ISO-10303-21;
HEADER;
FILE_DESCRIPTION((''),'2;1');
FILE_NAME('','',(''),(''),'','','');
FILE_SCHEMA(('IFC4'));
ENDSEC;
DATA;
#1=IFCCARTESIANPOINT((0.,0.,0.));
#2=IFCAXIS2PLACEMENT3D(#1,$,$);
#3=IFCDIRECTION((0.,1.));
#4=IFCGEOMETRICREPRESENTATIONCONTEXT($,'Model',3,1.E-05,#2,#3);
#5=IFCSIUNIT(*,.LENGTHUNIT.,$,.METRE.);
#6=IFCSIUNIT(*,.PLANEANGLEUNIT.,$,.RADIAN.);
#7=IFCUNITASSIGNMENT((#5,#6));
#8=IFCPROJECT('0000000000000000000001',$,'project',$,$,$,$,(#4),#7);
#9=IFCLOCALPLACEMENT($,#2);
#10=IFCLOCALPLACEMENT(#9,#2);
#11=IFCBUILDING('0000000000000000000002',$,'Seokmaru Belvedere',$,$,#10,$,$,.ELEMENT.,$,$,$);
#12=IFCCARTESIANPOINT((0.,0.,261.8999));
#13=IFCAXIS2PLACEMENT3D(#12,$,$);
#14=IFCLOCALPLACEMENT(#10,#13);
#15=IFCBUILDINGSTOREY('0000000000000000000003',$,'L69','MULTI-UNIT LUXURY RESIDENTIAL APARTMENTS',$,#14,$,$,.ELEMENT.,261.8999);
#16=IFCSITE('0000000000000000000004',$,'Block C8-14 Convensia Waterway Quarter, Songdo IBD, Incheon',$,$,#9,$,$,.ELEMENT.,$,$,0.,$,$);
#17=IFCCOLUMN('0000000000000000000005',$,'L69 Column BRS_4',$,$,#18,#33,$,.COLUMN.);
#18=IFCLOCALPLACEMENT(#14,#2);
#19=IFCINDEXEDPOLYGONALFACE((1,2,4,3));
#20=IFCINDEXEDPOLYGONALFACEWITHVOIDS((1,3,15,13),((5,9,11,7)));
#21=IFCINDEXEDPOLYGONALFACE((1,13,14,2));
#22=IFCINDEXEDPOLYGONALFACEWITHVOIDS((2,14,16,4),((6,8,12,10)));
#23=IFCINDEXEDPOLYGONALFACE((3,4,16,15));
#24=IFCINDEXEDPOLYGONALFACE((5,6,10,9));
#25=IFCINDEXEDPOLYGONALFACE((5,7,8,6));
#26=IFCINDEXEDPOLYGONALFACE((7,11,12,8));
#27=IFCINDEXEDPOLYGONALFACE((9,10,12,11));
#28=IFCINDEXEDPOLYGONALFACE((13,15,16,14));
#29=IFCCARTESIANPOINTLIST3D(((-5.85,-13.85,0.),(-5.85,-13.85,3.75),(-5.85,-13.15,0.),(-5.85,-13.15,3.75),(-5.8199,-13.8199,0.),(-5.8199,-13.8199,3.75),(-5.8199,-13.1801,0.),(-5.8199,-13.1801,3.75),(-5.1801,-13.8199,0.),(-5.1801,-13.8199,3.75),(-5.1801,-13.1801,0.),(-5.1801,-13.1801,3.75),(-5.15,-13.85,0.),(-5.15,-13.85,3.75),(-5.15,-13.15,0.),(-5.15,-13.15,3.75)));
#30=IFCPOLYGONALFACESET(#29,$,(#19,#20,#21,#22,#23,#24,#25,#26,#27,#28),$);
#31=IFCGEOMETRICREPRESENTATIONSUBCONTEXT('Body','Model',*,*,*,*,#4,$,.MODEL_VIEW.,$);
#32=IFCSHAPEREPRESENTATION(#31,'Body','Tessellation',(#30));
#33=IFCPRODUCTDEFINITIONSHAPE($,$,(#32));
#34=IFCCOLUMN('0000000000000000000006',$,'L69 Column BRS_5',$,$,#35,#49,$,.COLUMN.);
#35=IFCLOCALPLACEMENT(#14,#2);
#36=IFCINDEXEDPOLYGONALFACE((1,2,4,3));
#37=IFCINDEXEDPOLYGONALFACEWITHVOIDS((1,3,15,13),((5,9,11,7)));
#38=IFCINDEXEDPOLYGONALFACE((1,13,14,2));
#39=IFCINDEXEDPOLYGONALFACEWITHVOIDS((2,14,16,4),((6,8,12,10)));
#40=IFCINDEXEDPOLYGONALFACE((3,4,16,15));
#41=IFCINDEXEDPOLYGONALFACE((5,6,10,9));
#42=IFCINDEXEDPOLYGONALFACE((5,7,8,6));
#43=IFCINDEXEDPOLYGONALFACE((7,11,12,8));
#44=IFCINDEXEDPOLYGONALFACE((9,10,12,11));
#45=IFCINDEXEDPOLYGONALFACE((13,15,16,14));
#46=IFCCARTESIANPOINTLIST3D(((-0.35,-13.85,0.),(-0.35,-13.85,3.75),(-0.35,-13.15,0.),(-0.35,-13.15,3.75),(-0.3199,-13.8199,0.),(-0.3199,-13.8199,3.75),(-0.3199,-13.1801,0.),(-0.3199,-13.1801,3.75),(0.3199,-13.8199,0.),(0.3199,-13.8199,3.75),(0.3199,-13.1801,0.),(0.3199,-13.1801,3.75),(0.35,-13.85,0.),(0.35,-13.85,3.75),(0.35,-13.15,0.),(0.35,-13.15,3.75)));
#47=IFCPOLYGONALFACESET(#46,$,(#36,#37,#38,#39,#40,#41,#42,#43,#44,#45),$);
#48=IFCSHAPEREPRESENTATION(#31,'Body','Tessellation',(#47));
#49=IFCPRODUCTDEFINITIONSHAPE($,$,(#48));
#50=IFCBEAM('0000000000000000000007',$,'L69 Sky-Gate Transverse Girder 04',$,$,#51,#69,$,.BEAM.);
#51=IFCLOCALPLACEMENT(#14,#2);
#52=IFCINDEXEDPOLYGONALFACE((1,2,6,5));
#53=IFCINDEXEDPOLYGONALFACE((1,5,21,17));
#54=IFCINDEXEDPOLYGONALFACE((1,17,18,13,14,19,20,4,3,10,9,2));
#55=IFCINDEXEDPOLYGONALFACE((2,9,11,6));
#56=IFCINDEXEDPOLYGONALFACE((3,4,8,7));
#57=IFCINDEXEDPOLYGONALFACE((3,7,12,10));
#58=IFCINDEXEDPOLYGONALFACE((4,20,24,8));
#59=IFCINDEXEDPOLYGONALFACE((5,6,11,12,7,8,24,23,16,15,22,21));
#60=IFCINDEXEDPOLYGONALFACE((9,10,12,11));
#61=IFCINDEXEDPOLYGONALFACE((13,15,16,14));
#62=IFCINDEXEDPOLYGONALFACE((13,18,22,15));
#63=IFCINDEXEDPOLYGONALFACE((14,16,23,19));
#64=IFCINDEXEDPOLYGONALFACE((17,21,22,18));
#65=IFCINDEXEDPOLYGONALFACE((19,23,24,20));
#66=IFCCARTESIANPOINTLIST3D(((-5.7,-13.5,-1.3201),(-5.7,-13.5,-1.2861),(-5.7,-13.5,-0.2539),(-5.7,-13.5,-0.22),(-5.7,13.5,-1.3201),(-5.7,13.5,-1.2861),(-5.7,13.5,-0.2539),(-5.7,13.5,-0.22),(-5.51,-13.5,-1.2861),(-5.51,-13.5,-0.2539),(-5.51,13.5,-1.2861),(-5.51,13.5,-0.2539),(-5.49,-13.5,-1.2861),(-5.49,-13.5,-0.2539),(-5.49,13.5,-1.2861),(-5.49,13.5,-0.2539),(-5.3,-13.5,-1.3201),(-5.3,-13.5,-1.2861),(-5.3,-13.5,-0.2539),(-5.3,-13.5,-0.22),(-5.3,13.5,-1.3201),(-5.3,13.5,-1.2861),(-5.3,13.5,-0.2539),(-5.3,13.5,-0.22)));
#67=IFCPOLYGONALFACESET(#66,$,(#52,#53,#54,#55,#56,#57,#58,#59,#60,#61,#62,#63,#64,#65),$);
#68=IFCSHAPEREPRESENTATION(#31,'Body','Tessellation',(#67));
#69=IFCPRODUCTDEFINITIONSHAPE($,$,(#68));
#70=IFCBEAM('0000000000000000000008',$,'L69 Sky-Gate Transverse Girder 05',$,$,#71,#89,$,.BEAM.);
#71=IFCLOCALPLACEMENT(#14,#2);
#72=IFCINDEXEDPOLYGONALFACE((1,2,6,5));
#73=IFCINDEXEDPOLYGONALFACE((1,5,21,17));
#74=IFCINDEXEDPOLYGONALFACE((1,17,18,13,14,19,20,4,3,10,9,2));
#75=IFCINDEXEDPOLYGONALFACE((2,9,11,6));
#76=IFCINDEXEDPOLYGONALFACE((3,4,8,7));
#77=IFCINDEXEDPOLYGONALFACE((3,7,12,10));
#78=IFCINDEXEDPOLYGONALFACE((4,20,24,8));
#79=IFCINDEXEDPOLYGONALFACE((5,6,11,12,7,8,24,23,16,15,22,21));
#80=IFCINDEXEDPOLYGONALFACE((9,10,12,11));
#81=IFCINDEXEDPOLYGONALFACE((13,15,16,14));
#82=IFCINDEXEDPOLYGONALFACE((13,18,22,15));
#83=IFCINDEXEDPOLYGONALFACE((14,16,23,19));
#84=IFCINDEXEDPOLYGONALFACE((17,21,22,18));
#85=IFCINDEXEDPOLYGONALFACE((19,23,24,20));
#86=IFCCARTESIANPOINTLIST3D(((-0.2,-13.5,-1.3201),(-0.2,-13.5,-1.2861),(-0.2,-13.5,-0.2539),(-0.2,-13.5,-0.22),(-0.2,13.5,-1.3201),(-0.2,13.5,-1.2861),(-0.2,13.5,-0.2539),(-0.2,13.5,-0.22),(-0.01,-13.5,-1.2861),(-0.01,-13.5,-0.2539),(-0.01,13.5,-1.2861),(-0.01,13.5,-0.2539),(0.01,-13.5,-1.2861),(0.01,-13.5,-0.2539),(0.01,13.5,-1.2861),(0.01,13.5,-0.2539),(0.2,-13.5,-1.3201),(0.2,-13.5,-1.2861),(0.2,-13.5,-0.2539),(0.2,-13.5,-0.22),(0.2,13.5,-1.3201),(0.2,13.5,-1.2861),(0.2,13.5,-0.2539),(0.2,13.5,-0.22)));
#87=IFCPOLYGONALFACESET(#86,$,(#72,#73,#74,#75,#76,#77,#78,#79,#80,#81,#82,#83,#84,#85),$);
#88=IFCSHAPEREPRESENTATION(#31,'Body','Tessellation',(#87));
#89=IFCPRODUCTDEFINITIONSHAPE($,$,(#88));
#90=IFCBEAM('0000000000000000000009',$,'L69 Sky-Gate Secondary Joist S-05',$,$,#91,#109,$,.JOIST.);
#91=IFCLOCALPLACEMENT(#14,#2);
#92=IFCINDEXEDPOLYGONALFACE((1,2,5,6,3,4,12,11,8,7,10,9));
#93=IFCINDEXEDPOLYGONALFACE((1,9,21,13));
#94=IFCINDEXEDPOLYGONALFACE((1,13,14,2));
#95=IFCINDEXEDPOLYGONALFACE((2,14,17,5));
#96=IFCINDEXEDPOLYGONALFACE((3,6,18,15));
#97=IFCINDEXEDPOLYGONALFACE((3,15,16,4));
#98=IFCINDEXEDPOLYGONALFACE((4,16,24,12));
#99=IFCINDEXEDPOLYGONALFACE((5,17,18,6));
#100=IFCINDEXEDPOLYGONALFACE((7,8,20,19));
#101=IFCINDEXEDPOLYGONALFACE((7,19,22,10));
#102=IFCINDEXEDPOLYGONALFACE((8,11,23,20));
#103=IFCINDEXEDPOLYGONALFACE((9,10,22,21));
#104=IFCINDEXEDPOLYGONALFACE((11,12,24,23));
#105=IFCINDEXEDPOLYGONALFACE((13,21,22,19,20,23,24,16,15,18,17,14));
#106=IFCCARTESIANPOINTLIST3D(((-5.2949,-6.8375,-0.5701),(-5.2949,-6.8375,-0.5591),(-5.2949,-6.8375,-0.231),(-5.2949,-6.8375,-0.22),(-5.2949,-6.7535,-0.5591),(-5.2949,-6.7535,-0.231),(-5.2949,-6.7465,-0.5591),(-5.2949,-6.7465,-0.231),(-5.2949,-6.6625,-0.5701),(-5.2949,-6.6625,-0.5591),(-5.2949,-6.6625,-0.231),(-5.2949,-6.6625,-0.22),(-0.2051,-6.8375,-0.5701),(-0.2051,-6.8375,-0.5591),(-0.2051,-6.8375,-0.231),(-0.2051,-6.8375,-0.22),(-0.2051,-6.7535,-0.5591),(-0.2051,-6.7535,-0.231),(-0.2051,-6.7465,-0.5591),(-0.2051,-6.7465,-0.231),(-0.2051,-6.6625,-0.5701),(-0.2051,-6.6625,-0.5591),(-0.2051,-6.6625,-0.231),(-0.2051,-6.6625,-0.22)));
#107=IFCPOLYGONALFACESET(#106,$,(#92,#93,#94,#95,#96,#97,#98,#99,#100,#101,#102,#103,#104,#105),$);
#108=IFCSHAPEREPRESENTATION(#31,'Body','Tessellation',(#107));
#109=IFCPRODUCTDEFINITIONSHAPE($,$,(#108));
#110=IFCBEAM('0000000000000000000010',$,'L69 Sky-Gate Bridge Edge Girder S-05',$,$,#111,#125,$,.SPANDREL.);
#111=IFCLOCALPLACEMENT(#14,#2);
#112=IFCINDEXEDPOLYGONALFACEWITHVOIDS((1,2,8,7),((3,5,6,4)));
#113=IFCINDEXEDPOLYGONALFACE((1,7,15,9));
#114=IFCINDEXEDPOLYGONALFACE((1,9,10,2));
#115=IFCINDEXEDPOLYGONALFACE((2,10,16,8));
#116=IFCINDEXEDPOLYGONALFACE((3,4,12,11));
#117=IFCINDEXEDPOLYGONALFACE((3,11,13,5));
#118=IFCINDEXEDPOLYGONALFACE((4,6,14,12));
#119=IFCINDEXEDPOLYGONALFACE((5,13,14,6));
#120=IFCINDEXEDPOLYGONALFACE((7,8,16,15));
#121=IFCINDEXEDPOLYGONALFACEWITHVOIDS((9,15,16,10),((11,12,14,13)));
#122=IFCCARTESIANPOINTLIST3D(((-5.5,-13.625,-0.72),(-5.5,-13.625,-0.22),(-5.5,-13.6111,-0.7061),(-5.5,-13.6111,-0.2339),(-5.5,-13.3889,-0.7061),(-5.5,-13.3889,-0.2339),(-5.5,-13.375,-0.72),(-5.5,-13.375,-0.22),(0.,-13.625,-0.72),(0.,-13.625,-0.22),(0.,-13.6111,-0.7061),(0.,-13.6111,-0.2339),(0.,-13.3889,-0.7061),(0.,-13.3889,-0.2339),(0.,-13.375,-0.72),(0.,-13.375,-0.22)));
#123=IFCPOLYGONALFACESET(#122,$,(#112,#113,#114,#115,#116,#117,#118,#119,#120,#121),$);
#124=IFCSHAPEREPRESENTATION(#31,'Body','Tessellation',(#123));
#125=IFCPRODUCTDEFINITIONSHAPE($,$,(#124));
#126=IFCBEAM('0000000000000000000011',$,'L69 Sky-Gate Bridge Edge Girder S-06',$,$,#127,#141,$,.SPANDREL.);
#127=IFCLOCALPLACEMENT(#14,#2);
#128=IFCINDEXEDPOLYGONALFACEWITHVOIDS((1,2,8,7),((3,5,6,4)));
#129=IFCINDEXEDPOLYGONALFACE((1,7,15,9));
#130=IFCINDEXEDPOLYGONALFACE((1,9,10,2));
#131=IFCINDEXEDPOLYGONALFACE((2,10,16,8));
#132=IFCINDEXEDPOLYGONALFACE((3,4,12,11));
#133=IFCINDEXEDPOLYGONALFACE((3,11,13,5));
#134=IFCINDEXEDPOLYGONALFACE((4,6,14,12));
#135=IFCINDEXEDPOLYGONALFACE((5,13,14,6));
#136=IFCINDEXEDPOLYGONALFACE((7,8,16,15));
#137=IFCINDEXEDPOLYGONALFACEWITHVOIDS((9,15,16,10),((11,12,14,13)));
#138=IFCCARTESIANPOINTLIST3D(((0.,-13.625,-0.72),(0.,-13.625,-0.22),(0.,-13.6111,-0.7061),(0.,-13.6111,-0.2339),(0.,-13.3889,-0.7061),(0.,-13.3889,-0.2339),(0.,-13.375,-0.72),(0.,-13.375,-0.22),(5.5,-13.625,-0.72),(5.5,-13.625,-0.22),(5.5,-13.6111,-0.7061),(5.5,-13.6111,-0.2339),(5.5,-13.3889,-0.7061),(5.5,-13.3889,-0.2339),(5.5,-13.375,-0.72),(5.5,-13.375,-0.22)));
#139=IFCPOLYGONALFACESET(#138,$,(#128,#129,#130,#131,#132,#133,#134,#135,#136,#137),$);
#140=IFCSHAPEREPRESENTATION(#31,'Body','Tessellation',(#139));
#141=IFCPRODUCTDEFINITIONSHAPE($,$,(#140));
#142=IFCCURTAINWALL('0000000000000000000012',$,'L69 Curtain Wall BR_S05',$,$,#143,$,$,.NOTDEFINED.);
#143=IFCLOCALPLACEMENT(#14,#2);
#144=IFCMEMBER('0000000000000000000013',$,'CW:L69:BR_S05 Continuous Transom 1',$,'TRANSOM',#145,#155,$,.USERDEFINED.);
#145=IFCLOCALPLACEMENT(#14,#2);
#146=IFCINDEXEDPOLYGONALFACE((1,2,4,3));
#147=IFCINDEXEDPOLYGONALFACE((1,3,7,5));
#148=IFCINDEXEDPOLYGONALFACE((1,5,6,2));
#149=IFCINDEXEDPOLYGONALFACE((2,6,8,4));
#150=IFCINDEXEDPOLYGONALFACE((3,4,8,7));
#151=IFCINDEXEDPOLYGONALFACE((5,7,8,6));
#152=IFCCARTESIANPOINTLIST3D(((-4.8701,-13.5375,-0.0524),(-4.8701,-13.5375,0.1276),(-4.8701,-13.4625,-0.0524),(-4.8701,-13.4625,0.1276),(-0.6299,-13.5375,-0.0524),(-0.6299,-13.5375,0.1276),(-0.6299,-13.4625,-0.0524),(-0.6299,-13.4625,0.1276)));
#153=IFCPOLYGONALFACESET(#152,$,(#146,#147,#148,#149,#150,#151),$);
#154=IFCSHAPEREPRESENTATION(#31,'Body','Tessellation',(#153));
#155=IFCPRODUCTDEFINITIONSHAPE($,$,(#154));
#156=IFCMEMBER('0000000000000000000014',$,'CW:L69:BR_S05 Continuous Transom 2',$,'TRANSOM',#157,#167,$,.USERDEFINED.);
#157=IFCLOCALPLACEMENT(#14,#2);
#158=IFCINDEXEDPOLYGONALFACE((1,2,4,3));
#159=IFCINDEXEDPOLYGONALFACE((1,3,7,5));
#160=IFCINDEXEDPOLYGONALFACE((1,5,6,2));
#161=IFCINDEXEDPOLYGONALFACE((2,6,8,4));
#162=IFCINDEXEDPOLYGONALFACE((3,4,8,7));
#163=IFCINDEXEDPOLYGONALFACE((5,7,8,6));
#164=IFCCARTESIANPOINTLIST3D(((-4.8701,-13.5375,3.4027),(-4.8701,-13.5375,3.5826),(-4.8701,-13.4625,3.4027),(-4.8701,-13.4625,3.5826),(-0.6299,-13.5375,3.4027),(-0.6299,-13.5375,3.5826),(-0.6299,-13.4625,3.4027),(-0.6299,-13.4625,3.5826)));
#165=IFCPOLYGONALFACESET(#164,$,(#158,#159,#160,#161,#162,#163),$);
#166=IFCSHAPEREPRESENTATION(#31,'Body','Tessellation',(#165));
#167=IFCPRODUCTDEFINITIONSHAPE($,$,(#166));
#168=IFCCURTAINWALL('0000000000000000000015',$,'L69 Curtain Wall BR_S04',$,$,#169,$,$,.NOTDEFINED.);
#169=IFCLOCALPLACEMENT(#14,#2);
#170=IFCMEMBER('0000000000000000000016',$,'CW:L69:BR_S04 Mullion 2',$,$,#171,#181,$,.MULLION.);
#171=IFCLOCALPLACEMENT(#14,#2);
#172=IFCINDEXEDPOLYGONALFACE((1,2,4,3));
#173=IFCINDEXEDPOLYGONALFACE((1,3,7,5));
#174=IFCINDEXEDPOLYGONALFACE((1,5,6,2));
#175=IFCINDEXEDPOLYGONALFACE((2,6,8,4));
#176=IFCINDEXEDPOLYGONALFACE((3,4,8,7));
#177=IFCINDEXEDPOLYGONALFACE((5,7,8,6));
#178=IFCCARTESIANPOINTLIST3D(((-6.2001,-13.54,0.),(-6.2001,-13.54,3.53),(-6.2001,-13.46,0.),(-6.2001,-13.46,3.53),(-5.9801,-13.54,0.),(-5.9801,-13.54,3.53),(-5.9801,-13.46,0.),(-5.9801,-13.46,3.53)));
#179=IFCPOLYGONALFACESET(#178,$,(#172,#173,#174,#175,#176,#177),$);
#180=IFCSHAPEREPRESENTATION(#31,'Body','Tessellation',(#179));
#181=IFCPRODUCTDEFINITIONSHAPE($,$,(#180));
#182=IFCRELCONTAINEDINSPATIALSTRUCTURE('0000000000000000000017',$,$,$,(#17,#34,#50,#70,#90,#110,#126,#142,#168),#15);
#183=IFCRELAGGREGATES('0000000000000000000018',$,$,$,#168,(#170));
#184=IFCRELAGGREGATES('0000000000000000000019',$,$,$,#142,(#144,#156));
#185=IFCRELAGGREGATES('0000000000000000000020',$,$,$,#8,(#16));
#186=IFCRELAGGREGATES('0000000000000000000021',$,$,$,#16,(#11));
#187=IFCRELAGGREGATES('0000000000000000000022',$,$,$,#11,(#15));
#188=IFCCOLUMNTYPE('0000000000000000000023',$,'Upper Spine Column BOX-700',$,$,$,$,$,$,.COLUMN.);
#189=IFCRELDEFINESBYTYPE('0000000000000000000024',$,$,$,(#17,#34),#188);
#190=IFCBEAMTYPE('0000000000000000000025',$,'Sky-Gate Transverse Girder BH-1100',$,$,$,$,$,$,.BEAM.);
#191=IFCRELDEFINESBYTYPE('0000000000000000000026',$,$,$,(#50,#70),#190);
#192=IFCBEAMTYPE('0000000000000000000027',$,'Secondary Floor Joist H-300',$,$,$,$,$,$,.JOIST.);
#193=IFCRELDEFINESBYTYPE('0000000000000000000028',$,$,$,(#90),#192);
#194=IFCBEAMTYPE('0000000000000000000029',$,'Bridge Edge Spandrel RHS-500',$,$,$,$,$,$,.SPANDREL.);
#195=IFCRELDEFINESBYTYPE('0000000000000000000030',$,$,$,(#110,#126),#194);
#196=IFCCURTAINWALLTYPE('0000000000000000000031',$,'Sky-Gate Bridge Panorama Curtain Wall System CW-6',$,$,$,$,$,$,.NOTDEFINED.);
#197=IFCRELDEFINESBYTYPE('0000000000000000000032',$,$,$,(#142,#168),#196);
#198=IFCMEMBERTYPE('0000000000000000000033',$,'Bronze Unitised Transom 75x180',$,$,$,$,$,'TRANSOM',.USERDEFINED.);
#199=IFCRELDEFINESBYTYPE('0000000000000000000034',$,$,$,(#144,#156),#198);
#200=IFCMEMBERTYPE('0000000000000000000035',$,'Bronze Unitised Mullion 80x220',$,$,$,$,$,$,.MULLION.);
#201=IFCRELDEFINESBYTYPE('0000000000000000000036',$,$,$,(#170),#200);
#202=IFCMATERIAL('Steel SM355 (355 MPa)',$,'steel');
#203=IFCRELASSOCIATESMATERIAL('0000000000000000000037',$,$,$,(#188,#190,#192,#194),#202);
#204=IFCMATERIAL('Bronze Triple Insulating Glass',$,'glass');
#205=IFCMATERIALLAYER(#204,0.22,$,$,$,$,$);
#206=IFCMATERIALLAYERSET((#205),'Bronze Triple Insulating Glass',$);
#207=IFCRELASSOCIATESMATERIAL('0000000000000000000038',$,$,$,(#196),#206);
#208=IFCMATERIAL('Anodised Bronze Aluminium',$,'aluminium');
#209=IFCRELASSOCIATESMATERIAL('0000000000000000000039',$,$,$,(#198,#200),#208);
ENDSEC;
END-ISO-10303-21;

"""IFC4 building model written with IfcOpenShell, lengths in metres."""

from ifc_helpers import new_model, si_unit, direction, frame, origin, origin_2d, place, context, subcontext, project, spatial, rectangle, hollow_rectangle, i_section, extrude, source, transform, mapped, material, layer, layer_set, material_profile, profile_set, type_object, type_shapes, element, aggregate, save


model = new_model("IFC4")

# Units and contexts
model_context = context("Model", 3, precision=1e-05, world=origin(), true_north=direction((0.0, 1.0)))
body_context = subcontext(model_context, "Body", "Model", "MODEL_VIEW")
ifc_project = project(units=[si_unit("LENGTHUNIT", "METRE"), si_unit("PLANEANGLEUNIT", "RADIAN")], contexts=[model_context])

# Site, building, storey
site_placement = place(None, origin())
site = spatial("IfcSite", under=ifc_project, at=site_placement, Name="Block C8-14 Convensia Waterway Quarter, Songdo IBD, Incheon", CompositionType="ELEMENT", RefElevation=0.0)
building_placement = place(site_placement, origin())
building = spatial("IfcBuilding", under=site, at=building_placement, Name="Seokmaru Belvedere", CompositionType="ELEMENT")
storey_placement = place(building_placement, frame((0.0, 0.0, 261.8999)))
storey = spatial("IfcBuildingStorey", under=building, at=storey_placement, Name="L69", Description="MULTI-UNIT LUXURY RESIDENTIAL APARTMENTS", CompositionType="ELEMENT", Elevation=261.8999)

# Columns
ifc_material_1 = material(Name="Steel SM355 (355 MPa)", Category="steel")
ifc_material_profile_1 = material_profile(ifc_material_1, hollow_rectangle(XDim=0.7, YDim=0.7, WallThickness=0.03, at=origin_2d()), Name="BOX-700x700x30")
ifc_profile_set_1 = profile_set([ifc_material_profile_1], Name="Steel SM355 (355 MPa)")
column_type = type_object("IfcColumnType", Name="Upper Spine Column BOX-700", PredefinedType="COLUMN", material=ifc_profile_set_1)
shared_shape_1 = source(origin(), body_context, "Body", "SweptSolid", [
    extrude(hollow_rectangle(XDim=0.7, YDim=0.7, WallThickness=0.03, at=origin_2d()), origin(), (0.0, 0.0, 1.0), 3.75),
])
type_shapes(column_type, [shared_shape_1])
for number, where, z_axis, x_axis, name in (
    (1, (-5.5, -13.5, 0.0), (0.0, 0.0, 1.0), (1.0, 0.0, 0.0), "L69 Column BRS_4"),
    (2, (0.0, -13.5, 0.0), (0.0, 0.0, 1.0), (1.0, 0.0, 0.0), "L69 Column BRS_5"),
):
    element("IfcColumn", number, at=place(storey_placement, frame(where, z_axis=z_axis, x_axis=x_axis)), inside=storey, type_object=column_type, Name=name, PredefinedType="COLUMN", context=body_context, shape_type="MappedRepresentation", body=[
        mapped(shared_shape_1, transform((0.0, 0.0, 0.0), scale=1.0)),
    ])

# Beams
ifc_material_profile_2 = material_profile(ifc_material_1, i_section(OverallWidth=0.3999, OverallDepth=1.1001, WebThickness=0.02, FlangeThickness=0.0339, at=origin_2d()), Name="BH-1100x400x20x34")
ifc_profile_set_2 = profile_set([ifc_material_profile_2], Name="Steel SM355 (355 MPa)")
beam_type_1 = type_object("IfcBeamType", Name="Sky-Gate Transverse Girder BH-1100", PredefinedType="BEAM", material=ifc_profile_set_2)
shared_shape_2 = source(origin(), body_context, "Body", "SweptSolid", [
    extrude(i_section(OverallWidth=0.3999, OverallDepth=1.1001, WebThickness=0.02, FlangeThickness=0.0339, at=origin_2d()), origin(), (0.0, 0.0, 1.0), 27.0),
])
type_shapes(beam_type_1, [shared_shape_2])
for number, where, z_axis, x_axis, name in (
    (3, (-5.5, -13.5, -0.77), (0.0, 1.0, 0.0), (-1.0, 0.0, 0.0), "L69 Sky-Gate Transverse Girder 04"),
    (4, (0.0, -13.5, -0.77), (0.0, 1.0, 0.0), (-1.0, 0.0, 0.0), "L69 Sky-Gate Transverse Girder 05"),
):
    element("IfcBeam", number, at=place(storey_placement, frame(where, z_axis=z_axis, x_axis=x_axis)), inside=storey, type_object=beam_type_1, Name=name, PredefinedType="BEAM", context=body_context, shape_type="MappedRepresentation", body=[
        mapped(shared_shape_2, transform((0.0, 0.0, 0.0), scale=1.0)),
    ])
ifc_material_profile_3 = material_profile(ifc_material_1, i_section(OverallWidth=0.175, OverallDepth=0.3501, WebThickness=0.0071, FlangeThickness=0.011, at=origin_2d()), Name="H-350x175x7x11")
ifc_profile_set_3 = profile_set([ifc_material_profile_3], Name="Steel SM355 (355 MPa)")
beam_type_2 = type_object("IfcBeamType", Name="Secondary Floor Joist H-300", PredefinedType="JOIST", material=ifc_profile_set_3)
shared_shape_3 = source(origin(), body_context, "Body", "SweptSolid", [
    extrude(i_section(OverallWidth=0.175, OverallDepth=0.3501, WebThickness=0.0071, FlangeThickness=0.011, at=origin_2d()), origin(), (0.0, 0.0, 1.0), 5.0898),
])
type_shapes(beam_type_2, [shared_shape_3])
beam_placement = place(storey_placement, frame((-5.2949, -6.75, -0.395), z_axis=(1.0, 0.0, 0.0), x_axis=(0.0, 1.0, 0.0)))
element("IfcBeam", 5, at=beam_placement, inside=storey, type_object=beam_type_2, Name="L69 Sky-Gate Secondary Joist S-05", PredefinedType="JOIST", context=body_context, shape_type="MappedRepresentation", body=[
    mapped(shared_shape_3, transform((0.0, 0.0, 0.0), scale=1.0)),
])
ifc_material_profile_4 = material_profile(ifc_material_1, hollow_rectangle(XDim=0.25, YDim=0.5, WallThickness=0.0139, at=origin_2d()), Name="RHS-500x250x14")
ifc_profile_set_4 = profile_set([ifc_material_profile_4], Name="Steel SM355 (355 MPa)")
beam_type_3 = type_object("IfcBeamType", Name="Bridge Edge Spandrel RHS-500", PredefinedType="SPANDREL", material=ifc_profile_set_4)
shared_shape_4 = source(origin(), body_context, "Body", "SweptSolid", [
    extrude(hollow_rectangle(XDim=0.25, YDim=0.5, WallThickness=0.0139, at=origin_2d()), origin(), (0.0, 0.0, 1.0), 5.5),
])
type_shapes(beam_type_3, [shared_shape_4])
for number, where, z_axis, x_axis, name in (
    (6, (-5.5, -13.5, -0.47), (1.0, 0.0, 0.0), (0.0, 1.0, 0.0), "L69 Sky-Gate Bridge Edge Girder S-05"),
    (7, (0.0, -13.5, -0.47), (1.0, 0.0, 0.0), (0.0, 1.0, 0.0), "L69 Sky-Gate Bridge Edge Girder S-06"),
):
    element("IfcBeam", number, at=place(storey_placement, frame(where, z_axis=z_axis, x_axis=x_axis)), inside=storey, type_object=beam_type_3, Name=name, PredefinedType="SPANDREL", context=body_context, shape_type="MappedRepresentation", body=[
        mapped(shared_shape_4, transform((0.0, 0.0, 0.0), scale=1.0)),
    ])

# Curtain wall, members
ifc_material_2 = material(Name="Bronze Triple Insulating Glass", Category="glass")
ifc_layer_1 = layer(ifc_material_2, 0.22)
ifc_layer_set_1 = layer_set([ifc_layer_1], Name="Bronze Triple Insulating Glass")
curtain_wall_type = type_object("IfcCurtainWallType", Name="Sky-Gate Bridge Panorama Curtain Wall System CW-6", PredefinedType="NOTDEFINED", material=ifc_layer_set_1)
curtain_wall_1_placement = place(storey_placement, origin())
curtain_wall_1 = element("IfcCurtainWall", 8, at=curtain_wall_1_placement, inside=storey, type_object=curtain_wall_type, Name="L69 Curtain Wall BR_S05", PredefinedType="NOTDEFINED")
ifc_material_3 = material(Name="Anodised Bronze Aluminium", Category="aluminium")
ifc_material_profile_5 = material_profile(ifc_material_3, rectangle(XDim=0.075, YDim=0.1799, at=origin_2d()), Name="CW-T-75x180")
ifc_profile_set_5 = profile_set([ifc_material_profile_5], Name="Anodised Bronze Aluminium")
member_type_1 = type_object("IfcMemberType", Name="Bronze Unitised Transom 75x180", ElementType="TRANSOM", PredefinedType="USERDEFINED", material=ifc_profile_set_5)
shared_shape_5 = source(origin(), body_context, "Body", "SweptSolid", [
    extrude(rectangle(XDim=0.075, YDim=0.1799, at=origin_2d()), origin(), (0.0, 0.0, 1.0), 4.2402),
])
type_shapes(member_type_1, [shared_shape_5])
member_1_placement = place(storey_placement, frame((-4.8701, -13.5, 0.0376), z_axis=(1.0, 0.0, 0.0), x_axis=(0.0, 1.0, 0.0)))
member_1 = element("IfcMember", 9, at=member_1_placement, type_object=member_type_1, Name="CW:L69:BR_S05 Continuous Transom 1", ObjectType="TRANSOM", PredefinedType="USERDEFINED", context=body_context, shape_type="MappedRepresentation", body=[
    mapped(shared_shape_5, transform((0.0, 0.0, 0.0), scale=1.0)),
])
member_2_placement = place(storey_placement, frame((-4.8701, -13.5, 3.4927), z_axis=(1.0, 0.0, 0.0), x_axis=(0.0, 1.0, 0.0)))
member_2 = element("IfcMember", 10, at=member_2_placement, type_object=member_type_1, Name="CW:L69:BR_S05 Continuous Transom 2", ObjectType="TRANSOM", PredefinedType="USERDEFINED", context=body_context, shape_type="MappedRepresentation", body=[
    mapped(shared_shape_5, transform((0.0, 0.0, 0.0), scale=1.0)),
])

# Curtain wall, member
curtain_wall_2_placement = place(storey_placement, origin())
curtain_wall_2 = element("IfcCurtainWall", 11, at=curtain_wall_2_placement, inside=storey, type_object=curtain_wall_type, Name="L69 Curtain Wall BR_S04", PredefinedType="NOTDEFINED")
ifc_material_profile_6 = material_profile(ifc_material_3, rectangle(XDim=0.0801, YDim=0.22, at=origin_2d()), Name="CW-M-80x220")
ifc_profile_set_6 = profile_set([ifc_material_profile_6], Name="Anodised Bronze Aluminium")
member_type_2 = type_object("IfcMemberType", Name="Bronze Unitised Mullion 80x220", PredefinedType="MULLION", material=ifc_profile_set_6)
shared_shape_6 = source(origin(), body_context, "Body", "SweptSolid", [
    extrude(rectangle(XDim=0.0801, YDim=0.22, at=origin_2d()), origin(), (0.0, 0.0, 1.0), 3.53),
])
type_shapes(member_type_2, [shared_shape_6])
member_3_placement = place(storey_placement, frame((-6.0901, -13.5, 0.0), z_axis=(0.0, 0.0, 1.0), x_axis=(0.0, 1.0, 0.0)))
member_3 = element("IfcMember", 12, at=member_3_placement, type_object=member_type_2, Name="CW:L69:BR_S04 Mullion 2", PredefinedType="MULLION", context=body_context, shape_type="MappedRepresentation", body=[
    mapped(shared_shape_6, transform((0.0, 0.0, 0.0), scale=1.0)),
])

aggregate(curtain_wall_2, [member_3])
aggregate(curtain_wall_1, [member_1, member_2])

save(model, "model.ifc")
